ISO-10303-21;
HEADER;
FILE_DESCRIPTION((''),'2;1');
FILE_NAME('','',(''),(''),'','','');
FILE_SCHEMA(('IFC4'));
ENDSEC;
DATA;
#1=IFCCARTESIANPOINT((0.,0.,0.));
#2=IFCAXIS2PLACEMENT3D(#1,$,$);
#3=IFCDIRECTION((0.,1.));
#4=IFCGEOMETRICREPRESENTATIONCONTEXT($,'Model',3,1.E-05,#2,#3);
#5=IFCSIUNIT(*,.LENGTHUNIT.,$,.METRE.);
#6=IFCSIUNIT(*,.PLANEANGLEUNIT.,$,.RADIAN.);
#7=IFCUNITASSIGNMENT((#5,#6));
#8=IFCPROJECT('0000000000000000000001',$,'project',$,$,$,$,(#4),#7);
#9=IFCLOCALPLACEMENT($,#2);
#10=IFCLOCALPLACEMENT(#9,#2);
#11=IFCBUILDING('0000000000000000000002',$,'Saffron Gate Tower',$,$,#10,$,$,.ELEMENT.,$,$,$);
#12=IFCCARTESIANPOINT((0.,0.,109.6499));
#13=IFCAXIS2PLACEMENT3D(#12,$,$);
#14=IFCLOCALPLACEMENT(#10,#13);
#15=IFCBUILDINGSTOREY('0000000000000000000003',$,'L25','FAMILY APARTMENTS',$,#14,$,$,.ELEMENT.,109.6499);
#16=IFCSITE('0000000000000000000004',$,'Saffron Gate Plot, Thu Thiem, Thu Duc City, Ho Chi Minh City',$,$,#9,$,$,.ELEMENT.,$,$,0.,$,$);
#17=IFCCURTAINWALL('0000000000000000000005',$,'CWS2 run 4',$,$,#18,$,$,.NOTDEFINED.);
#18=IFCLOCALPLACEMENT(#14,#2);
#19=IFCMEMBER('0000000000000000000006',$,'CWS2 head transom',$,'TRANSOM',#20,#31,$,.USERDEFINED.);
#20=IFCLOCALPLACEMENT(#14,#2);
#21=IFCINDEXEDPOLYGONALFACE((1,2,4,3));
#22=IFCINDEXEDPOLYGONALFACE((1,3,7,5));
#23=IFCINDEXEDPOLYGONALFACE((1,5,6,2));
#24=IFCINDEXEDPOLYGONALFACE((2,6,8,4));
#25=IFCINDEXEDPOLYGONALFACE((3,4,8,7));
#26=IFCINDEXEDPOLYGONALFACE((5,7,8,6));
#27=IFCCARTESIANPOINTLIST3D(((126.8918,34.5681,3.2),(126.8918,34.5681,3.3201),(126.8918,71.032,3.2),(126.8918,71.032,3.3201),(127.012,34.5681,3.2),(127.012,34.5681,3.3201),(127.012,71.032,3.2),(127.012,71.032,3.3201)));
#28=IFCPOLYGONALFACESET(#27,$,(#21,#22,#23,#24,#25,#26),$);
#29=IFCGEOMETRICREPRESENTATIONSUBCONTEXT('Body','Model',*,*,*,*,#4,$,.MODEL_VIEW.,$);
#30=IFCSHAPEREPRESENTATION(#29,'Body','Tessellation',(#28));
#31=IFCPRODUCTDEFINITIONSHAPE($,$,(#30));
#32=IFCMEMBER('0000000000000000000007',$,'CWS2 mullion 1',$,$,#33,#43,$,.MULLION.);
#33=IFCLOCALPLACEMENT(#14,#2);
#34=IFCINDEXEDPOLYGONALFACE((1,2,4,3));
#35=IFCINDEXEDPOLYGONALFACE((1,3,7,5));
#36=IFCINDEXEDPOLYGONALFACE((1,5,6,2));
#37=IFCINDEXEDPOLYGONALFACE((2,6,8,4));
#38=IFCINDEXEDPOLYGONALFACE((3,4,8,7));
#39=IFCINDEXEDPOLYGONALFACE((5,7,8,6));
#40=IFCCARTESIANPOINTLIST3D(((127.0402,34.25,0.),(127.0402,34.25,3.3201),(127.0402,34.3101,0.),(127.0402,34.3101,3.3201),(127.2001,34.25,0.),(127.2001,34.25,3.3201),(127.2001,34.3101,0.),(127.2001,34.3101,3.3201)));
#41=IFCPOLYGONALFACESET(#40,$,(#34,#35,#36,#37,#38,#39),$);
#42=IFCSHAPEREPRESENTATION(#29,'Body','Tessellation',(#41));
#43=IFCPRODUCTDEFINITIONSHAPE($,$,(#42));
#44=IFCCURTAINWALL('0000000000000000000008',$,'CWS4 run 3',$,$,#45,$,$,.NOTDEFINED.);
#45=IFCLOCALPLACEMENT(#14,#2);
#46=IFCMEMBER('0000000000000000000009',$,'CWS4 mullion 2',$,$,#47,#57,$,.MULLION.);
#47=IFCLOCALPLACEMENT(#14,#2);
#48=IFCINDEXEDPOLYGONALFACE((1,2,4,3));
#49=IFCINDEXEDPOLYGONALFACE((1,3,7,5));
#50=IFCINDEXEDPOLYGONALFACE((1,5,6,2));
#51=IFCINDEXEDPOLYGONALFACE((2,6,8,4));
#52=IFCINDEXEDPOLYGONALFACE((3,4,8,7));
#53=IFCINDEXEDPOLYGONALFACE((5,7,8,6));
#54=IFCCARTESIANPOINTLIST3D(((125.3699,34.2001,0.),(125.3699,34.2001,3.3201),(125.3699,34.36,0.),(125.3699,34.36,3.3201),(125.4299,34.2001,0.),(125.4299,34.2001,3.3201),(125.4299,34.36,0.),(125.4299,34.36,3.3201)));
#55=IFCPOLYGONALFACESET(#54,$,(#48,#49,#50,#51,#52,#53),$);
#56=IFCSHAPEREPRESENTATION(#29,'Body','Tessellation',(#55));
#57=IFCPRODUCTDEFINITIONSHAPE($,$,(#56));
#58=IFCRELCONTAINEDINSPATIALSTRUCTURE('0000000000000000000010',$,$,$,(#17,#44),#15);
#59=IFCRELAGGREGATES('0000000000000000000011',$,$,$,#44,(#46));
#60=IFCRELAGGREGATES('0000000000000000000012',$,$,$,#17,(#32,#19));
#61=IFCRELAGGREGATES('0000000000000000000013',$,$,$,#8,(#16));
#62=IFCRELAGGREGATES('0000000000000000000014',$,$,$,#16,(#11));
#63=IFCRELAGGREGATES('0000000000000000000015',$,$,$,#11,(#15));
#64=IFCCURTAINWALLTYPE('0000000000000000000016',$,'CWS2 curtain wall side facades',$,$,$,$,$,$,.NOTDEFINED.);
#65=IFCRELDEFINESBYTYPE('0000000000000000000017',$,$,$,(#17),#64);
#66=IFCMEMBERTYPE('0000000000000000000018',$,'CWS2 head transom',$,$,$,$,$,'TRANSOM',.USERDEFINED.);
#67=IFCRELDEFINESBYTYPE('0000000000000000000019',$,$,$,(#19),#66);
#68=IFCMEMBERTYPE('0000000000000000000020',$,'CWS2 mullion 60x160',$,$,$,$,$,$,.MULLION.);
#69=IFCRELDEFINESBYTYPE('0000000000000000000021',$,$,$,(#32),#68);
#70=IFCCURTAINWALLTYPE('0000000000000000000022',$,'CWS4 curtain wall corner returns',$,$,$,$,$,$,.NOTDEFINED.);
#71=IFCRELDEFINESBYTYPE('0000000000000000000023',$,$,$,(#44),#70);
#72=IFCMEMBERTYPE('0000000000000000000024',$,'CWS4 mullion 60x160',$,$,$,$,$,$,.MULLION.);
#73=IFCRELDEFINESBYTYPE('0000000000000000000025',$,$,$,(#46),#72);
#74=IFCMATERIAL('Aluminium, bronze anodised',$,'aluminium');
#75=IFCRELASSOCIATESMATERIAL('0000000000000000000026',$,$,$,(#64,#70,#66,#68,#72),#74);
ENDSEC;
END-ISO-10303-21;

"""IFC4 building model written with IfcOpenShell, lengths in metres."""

from ifc_helpers import new_model, si_unit, direction, frame, origin, origin_2d, place, context, subcontext, project, spatial, rectangle, extrude, material, material_profile, profile_set, type_object, element, aggregate, save


model = new_model("IFC4")

# Units and contexts
model_context = context("Model", 3, precision=1e-05, world=origin(), true_north=direction((0.0, 1.0)))
body_context = subcontext(model_context, "Body", "Model", "MODEL_VIEW")
ifc_project = project(units=[si_unit("LENGTHUNIT", "METRE"), si_unit("PLANEANGLEUNIT", "RADIAN")], contexts=[model_context])

# Site, building, storey
site_placement = place(None, origin())
site = spatial("IfcSite", under=ifc_project, at=site_placement, Name="Saffron Gate Plot, Thu Thiem, Thu Duc City, Ho Chi Minh City", CompositionType="ELEMENT", RefElevation=0.0)
building_placement = place(site_placement, origin())
building = spatial("IfcBuilding", under=site, at=building_placement, Name="Saffron Gate Tower", CompositionType="ELEMENT")
storey_placement = place(building_placement, frame((0.0, 0.0, 109.6499)))
storey = spatial("IfcBuildingStorey", under=building, at=storey_placement, Name="L25", Description="FAMILY APARTMENTS", CompositionType="ELEMENT", Elevation=109.6499)

# Curtain wall, members
ifc_material_1 = material(Name="Aluminium, bronze anodised", Category="aluminium")
curtain_wall_type_1 = type_object("IfcCurtainWallType", Name="CWS2 curtain wall side facades", PredefinedType="NOTDEFINED", material=ifc_material_1)
curtain_wall_1_placement = place(storey_placement, origin())
curtain_wall_1 = element("IfcCurtainWall", 1, at=curtain_wall_1_placement, inside=storey, type_object=curtain_wall_type_1, Name="CWS2 run 4", PredefinedType="NOTDEFINED")
ifc_material_profile_1 = material_profile(ifc_material_1, rectangle(XDim=0.1201, YDim=0.1201, at=origin_2d()))
ifc_profile_set_1 = profile_set([ifc_material_profile_1], Name="Aluminium, bronze anodised")
member_type_1 = type_object("IfcMemberType", Name="CWS2 head transom", ElementType="TRANSOM", PredefinedType="USERDEFINED", material=ifc_profile_set_1)
member_1_placement = place(storey_placement, frame((126.9519, 34.5681, 3.26), z_axis=(0.0, 1.0, 0.0), x_axis=(-1.0, 0.0, 0.0)))
member_1 = element("IfcMember", 2, at=member_1_placement, type_object=member_type_1, Name="CWS2 head transom", ObjectType="TRANSOM", PredefinedType="USERDEFINED", context=body_context, shape_type="SweptSolid", body=[
    extrude(rectangle(XDim=0.1201, YDim=0.1201, at=origin_2d()), origin(), (0.0, 0.0, 1.0), 36.4639),
])
ifc_material_profile_2 = material_profile(ifc_material_1, rectangle(XDim=0.1599, YDim=0.0601, at=origin_2d()))
ifc_profile_set_2 = profile_set([ifc_material_profile_2], Name="Aluminium, bronze anodised")
member_type_2 = type_object("IfcMemberType", Name="CWS2 mullion 60x160", PredefinedType="MULLION", material=ifc_profile_set_2)
member_2_placement = place(storey_placement, frame((127.1201, 34.28, 0.0), z_axis=(0.0, 0.0, 1.0), x_axis=(-1.0, 0.0, 0.0)))
member_2 = element("IfcMember", 3, at=member_2_placement, type_object=member_type_2, Name="CWS2 mullion 1", PredefinedType="MULLION", context=body_context, shape_type="SweptSolid", body=[
    extrude(rectangle(XDim=0.1599, YDim=0.0601, at=origin_2d()), origin(), (0.0, 0.0, 1.0), 3.3201),
])

# Curtain wall, member
curtain_wall_type_2 = type_object("IfcCurtainWallType", Name="CWS4 curtain wall corner returns", PredefinedType="NOTDEFINED", material=ifc_material_1)
curtain_wall_2_placement = place(storey_placement, origin())
curtain_wall_2 = element("IfcCurtainWall", 4, at=curtain_wall_2_placement, inside=storey, type_object=curtain_wall_type_2, Name="CWS4 run 3", PredefinedType="NOTDEFINED")
ifc_material_profile_3 = material_profile(ifc_material_1, rectangle(XDim=0.1599, YDim=0.0601, at=origin_2d()))
ifc_profile_set_3 = profile_set([ifc_material_profile_3], Name="Aluminium, bronze anodised")
member_type_3 = type_object("IfcMemberType", Name="CWS4 mullion 60x160", PredefinedType="MULLION", material=ifc_profile_set_3)
member_3_placement = place(storey_placement, frame((125.3999, 34.28, 0.0), z_axis=(0.0, 0.0, 1.0), x_axis=(0.0, 1.0, 0.0)))
member_3 = element("IfcMember", 5, at=member_3_placement, type_object=member_type_3, Name="CWS4 mullion 2", PredefinedType="MULLION", context=body_context, shape_type="SweptSolid", body=[
    extrude(rectangle(XDim=0.1599, YDim=0.0601, at=origin_2d()), origin(), (0.0, 0.0, 1.0), 3.3201),
])
aggregate(curtain_wall_2, [member_3])

aggregate(curtain_wall_1, [member_2, member_1])

save(model, "model.ifc")
